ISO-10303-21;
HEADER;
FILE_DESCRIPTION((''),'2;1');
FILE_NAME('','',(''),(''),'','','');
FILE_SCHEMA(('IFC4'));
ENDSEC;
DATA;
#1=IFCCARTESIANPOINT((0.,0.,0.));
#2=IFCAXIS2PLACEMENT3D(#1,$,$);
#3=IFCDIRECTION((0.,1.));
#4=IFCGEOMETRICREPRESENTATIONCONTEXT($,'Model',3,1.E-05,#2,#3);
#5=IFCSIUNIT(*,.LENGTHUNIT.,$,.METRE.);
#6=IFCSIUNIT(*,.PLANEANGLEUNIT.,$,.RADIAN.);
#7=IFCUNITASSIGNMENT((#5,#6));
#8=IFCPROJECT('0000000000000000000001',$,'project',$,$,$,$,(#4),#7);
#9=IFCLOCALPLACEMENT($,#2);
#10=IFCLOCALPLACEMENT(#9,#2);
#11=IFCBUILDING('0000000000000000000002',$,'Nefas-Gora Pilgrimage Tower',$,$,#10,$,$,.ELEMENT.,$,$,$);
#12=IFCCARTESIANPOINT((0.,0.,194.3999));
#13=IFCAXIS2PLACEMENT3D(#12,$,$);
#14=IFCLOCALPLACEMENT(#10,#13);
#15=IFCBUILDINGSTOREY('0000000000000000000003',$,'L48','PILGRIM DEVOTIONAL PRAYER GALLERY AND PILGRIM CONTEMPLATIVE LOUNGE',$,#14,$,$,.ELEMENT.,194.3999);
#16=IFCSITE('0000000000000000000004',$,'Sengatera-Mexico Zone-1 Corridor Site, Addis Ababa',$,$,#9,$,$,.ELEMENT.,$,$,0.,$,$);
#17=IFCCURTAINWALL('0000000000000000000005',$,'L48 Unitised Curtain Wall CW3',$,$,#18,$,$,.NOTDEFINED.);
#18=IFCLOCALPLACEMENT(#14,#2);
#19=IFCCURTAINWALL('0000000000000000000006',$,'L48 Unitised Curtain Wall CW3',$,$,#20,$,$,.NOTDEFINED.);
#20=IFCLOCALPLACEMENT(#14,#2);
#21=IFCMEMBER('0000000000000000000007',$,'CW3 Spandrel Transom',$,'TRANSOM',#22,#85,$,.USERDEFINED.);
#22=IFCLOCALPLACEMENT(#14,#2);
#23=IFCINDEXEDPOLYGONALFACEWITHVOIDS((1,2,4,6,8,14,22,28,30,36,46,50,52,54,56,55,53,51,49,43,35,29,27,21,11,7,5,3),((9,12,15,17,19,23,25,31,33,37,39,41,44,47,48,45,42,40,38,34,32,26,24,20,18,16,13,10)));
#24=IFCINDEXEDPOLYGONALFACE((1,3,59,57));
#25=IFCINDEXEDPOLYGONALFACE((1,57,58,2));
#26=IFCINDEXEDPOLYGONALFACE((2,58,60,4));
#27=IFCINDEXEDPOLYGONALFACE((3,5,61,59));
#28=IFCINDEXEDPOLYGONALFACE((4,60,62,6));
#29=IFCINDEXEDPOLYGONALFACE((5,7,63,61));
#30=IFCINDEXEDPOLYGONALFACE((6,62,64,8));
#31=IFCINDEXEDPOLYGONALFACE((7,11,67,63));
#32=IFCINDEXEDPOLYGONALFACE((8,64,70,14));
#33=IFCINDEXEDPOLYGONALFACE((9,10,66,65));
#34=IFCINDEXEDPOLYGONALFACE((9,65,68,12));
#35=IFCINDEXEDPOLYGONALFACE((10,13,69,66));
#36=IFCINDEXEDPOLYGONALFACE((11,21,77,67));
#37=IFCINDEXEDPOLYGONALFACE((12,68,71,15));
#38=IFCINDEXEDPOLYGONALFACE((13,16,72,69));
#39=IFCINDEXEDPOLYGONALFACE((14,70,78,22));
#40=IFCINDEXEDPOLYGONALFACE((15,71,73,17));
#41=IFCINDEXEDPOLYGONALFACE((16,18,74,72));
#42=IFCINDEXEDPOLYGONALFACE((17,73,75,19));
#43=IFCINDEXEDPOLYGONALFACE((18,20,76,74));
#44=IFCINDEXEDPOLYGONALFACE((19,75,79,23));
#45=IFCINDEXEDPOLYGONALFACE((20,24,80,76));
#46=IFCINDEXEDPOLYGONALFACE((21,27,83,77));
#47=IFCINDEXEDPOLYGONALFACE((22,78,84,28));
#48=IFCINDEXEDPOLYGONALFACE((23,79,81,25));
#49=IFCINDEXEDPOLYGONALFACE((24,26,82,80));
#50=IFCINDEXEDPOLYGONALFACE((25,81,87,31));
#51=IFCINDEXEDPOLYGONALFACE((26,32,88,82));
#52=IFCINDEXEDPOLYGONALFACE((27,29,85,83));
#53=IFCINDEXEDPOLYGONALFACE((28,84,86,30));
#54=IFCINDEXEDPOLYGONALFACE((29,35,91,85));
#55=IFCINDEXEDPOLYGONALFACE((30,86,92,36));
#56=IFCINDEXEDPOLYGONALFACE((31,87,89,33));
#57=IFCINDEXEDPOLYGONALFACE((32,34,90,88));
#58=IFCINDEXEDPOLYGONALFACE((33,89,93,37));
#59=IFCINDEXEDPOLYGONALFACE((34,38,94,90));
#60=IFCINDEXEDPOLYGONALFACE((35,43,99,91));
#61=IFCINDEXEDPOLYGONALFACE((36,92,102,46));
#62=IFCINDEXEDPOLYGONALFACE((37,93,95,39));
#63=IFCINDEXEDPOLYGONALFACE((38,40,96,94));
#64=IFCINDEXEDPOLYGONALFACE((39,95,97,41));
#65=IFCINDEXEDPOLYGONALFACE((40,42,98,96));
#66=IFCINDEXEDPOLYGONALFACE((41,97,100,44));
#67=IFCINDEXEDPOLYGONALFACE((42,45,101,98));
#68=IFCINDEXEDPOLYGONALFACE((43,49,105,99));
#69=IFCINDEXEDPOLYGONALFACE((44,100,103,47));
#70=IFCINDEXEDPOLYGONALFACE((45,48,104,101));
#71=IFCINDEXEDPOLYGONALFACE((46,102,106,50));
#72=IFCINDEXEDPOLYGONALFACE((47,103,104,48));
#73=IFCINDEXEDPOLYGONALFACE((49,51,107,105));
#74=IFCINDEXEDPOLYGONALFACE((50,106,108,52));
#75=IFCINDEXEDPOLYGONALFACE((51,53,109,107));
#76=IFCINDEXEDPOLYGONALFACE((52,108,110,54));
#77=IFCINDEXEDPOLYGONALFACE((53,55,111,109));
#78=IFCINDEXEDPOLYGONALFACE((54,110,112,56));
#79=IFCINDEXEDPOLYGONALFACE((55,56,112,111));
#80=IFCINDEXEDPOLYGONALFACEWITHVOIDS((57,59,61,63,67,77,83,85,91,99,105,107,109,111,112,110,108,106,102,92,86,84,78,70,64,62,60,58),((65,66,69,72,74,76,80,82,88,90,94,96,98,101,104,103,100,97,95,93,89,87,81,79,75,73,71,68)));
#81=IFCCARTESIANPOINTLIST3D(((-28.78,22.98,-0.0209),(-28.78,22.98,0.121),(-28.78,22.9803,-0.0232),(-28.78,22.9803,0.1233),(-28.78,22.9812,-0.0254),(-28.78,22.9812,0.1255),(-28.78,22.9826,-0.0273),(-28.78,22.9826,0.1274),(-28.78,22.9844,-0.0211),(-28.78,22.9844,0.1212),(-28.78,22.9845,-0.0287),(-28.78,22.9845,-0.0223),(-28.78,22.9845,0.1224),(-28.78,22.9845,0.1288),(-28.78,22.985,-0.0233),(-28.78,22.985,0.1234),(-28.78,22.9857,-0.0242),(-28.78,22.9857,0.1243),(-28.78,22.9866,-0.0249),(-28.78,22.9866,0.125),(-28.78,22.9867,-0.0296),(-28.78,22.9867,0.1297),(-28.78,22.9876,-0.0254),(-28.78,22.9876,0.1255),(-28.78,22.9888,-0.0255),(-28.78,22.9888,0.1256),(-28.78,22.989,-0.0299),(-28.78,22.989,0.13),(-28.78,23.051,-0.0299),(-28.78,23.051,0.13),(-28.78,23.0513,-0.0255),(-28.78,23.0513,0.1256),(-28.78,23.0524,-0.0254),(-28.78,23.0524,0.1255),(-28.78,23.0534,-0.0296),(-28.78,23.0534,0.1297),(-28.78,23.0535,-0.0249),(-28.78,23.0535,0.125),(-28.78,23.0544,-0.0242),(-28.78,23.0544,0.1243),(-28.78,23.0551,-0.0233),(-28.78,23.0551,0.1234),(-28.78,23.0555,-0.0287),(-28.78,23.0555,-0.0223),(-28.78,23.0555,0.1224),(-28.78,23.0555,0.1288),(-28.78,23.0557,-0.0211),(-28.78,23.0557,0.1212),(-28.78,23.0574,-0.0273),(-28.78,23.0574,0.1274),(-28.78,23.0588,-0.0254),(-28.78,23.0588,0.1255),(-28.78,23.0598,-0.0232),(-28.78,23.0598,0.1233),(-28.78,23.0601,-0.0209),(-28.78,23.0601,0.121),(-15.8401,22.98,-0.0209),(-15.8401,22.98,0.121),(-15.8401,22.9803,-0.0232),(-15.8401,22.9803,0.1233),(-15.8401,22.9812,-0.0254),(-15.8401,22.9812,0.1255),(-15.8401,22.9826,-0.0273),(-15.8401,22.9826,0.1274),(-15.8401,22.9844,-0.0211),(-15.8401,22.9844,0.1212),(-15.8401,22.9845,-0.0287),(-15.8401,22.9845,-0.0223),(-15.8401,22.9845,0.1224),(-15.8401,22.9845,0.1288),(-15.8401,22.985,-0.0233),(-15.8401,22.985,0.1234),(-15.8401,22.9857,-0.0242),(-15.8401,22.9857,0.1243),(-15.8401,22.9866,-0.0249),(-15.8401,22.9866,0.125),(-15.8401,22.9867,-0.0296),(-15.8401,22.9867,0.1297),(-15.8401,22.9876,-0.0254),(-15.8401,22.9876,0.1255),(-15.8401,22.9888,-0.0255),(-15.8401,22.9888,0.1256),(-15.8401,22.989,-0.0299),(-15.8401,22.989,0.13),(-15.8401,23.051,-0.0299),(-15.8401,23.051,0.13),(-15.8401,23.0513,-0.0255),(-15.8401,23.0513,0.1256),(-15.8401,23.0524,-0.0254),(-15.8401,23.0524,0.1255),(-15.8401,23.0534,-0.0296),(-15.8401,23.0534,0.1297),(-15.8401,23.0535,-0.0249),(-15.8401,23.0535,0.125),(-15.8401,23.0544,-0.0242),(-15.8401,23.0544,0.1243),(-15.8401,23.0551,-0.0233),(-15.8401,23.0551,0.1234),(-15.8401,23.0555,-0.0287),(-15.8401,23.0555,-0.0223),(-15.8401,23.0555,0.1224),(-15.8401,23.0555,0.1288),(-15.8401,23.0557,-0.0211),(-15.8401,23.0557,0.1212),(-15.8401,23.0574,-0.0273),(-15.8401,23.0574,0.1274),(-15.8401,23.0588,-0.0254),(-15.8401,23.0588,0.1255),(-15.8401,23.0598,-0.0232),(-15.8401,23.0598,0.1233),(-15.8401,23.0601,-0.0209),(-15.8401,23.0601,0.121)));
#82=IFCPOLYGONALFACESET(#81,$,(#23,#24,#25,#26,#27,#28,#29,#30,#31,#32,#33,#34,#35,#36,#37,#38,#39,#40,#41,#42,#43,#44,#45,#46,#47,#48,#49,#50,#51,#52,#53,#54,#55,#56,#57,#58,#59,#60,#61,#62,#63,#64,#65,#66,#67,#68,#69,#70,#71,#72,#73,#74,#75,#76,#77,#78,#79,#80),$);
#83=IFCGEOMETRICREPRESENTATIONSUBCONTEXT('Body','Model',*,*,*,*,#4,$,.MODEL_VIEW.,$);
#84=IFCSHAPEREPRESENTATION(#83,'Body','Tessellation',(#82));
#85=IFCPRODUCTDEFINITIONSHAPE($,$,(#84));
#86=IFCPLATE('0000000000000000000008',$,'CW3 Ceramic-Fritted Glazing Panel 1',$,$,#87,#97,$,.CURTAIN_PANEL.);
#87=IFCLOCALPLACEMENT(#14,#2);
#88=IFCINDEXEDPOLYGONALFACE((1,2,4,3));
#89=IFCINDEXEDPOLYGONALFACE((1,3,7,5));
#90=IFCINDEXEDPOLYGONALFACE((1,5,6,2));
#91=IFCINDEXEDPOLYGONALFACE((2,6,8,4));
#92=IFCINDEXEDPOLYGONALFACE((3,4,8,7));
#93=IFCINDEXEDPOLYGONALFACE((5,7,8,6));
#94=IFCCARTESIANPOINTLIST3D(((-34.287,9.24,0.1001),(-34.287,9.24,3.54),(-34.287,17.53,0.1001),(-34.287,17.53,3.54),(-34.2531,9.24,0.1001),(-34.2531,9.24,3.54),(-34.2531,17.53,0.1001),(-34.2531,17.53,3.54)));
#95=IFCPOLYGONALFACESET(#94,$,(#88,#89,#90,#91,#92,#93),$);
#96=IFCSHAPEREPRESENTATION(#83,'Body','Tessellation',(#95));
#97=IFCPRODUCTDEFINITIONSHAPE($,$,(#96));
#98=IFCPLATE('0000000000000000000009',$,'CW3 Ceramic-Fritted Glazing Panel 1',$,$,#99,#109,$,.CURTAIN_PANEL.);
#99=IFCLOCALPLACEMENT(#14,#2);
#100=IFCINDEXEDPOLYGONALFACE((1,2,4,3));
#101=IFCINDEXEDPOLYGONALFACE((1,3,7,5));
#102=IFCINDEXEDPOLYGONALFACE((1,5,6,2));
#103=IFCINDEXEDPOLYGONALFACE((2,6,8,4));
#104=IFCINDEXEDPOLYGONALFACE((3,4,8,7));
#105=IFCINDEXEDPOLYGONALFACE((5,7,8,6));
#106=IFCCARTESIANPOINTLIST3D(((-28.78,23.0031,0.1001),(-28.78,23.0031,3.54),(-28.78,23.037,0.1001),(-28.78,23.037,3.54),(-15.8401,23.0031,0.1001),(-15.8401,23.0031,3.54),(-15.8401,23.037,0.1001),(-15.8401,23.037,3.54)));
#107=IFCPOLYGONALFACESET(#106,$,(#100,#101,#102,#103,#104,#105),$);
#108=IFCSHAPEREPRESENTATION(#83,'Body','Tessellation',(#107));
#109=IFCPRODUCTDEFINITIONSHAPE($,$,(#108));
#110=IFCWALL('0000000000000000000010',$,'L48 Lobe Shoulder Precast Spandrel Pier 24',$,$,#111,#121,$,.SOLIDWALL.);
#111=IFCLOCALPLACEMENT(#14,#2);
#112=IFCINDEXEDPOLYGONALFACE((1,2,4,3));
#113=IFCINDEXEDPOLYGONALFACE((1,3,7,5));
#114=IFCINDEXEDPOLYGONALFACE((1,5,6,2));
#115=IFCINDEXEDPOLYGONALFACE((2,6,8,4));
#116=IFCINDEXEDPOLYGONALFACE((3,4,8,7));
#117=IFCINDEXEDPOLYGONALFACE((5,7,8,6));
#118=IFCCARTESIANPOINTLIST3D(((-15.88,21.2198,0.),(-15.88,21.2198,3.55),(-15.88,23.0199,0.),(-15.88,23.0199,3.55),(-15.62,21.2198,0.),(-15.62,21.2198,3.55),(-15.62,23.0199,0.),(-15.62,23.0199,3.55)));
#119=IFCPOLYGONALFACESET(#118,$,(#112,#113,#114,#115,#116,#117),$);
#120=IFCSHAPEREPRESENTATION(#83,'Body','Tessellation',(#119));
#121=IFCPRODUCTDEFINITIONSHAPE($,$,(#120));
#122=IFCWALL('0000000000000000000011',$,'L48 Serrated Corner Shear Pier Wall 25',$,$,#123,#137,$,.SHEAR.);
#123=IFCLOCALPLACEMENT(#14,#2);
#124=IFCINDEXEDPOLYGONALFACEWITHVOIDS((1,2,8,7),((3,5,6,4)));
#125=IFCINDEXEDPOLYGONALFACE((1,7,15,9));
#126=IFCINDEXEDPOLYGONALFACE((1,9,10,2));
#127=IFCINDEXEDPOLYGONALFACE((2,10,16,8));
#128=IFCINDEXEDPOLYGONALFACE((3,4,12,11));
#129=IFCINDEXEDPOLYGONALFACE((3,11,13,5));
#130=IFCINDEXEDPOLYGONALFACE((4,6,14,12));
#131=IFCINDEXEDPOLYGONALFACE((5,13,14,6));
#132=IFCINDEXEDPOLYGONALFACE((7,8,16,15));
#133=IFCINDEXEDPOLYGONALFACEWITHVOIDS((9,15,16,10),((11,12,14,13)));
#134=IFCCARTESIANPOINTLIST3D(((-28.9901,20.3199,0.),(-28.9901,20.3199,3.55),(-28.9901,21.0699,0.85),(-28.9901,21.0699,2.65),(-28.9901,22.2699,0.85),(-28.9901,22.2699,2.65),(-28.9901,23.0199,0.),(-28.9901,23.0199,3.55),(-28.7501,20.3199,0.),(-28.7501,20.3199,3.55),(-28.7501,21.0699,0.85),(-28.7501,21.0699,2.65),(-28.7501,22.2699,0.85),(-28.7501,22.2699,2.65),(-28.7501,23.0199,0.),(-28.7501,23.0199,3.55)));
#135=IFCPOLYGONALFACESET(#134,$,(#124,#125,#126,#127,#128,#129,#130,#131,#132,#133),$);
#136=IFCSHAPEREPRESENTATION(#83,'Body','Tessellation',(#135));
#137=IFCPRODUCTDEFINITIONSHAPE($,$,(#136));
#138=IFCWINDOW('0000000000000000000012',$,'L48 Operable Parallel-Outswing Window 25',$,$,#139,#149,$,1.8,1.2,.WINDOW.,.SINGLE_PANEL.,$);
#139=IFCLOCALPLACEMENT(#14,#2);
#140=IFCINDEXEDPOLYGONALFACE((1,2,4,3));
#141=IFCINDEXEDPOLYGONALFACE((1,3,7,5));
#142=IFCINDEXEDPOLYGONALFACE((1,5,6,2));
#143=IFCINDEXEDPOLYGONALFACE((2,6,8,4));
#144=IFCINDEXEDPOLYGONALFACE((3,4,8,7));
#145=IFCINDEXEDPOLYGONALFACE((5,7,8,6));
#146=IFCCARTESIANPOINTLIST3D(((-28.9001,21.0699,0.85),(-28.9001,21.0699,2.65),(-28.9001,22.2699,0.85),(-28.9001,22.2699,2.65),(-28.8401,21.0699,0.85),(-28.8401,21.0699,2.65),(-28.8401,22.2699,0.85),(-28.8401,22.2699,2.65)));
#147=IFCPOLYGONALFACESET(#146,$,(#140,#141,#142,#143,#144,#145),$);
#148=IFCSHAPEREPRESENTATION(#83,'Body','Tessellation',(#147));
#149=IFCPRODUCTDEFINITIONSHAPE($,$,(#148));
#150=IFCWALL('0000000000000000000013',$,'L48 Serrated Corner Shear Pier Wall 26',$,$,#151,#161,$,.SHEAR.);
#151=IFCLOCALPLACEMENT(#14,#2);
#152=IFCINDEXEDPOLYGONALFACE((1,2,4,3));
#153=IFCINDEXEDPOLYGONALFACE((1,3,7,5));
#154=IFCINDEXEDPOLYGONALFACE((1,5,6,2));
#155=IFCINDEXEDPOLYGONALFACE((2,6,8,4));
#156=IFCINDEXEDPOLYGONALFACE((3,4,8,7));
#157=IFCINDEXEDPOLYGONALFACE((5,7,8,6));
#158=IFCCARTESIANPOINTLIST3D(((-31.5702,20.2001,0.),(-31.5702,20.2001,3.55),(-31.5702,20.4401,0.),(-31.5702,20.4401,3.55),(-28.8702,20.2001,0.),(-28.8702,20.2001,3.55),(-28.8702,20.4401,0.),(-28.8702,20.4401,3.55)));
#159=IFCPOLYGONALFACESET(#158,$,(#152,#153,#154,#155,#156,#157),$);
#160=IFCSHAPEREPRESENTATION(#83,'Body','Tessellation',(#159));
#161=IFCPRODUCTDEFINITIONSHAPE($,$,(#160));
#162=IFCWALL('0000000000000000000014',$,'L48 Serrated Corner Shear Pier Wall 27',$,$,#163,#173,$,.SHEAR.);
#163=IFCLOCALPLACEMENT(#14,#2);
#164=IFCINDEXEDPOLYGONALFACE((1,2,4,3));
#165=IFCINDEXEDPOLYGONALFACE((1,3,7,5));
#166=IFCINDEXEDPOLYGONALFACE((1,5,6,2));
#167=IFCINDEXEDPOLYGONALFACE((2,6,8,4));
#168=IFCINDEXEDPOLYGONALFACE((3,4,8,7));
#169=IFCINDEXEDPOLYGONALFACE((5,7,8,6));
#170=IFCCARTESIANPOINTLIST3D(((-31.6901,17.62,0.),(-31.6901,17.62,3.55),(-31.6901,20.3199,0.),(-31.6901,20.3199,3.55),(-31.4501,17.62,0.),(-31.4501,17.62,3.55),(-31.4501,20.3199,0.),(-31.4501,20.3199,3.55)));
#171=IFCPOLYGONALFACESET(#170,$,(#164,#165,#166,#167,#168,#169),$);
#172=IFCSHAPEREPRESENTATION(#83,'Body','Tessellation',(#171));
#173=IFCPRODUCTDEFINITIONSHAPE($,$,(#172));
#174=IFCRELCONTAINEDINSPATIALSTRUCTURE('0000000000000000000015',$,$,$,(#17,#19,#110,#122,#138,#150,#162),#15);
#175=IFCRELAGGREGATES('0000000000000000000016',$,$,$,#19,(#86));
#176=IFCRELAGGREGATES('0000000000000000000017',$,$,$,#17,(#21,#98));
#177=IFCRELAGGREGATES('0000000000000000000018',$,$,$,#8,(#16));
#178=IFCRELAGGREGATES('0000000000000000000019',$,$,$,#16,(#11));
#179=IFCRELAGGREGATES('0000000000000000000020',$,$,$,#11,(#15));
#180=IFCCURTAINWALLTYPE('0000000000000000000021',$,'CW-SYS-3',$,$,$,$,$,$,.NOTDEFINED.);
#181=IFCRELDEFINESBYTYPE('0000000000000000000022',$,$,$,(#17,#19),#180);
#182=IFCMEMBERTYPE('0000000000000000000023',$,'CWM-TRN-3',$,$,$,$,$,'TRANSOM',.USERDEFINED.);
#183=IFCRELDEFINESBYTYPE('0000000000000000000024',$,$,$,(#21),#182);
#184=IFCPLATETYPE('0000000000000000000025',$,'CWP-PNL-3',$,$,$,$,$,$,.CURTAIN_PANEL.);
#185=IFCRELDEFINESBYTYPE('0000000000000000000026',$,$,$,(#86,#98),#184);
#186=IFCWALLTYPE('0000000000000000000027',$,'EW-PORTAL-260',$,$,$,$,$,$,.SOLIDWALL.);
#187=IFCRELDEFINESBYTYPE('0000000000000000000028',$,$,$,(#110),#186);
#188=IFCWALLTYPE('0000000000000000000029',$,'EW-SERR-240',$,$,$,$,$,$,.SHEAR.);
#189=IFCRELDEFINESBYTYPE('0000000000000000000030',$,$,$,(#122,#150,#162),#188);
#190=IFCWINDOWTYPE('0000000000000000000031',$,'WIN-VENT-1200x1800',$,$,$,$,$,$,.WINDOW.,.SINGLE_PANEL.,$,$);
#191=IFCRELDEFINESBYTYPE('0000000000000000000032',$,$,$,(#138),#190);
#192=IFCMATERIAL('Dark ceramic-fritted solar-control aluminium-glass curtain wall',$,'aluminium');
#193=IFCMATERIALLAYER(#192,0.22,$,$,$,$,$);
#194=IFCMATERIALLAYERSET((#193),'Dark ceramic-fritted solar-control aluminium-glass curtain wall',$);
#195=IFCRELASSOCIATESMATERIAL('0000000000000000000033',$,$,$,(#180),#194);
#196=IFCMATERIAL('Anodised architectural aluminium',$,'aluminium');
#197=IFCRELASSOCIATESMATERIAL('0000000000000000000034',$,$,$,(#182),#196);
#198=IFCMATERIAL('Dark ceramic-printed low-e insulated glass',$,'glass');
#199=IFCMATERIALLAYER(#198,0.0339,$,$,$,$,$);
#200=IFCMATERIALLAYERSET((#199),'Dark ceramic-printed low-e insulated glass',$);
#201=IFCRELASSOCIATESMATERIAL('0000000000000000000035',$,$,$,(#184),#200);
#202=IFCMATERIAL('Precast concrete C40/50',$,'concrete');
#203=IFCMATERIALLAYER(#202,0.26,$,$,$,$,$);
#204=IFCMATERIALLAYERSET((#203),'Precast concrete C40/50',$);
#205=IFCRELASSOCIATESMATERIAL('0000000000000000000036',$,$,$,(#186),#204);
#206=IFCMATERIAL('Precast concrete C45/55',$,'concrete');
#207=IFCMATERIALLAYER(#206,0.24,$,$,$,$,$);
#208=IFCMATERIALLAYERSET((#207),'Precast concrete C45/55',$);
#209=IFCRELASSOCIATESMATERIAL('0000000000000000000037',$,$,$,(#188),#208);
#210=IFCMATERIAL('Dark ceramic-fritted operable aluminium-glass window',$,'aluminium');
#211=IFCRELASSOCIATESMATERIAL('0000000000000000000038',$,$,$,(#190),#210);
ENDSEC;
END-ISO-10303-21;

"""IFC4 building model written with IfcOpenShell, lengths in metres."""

from ifc_helpers import new_model, si_unit, direction, frame, frame_2d, origin, origin_2d, place, context, subcontext, project, spatial, rectangle, hollow_rectangle, extrude, source, transform, mapped, material, layer, layer_set, material_profile, profile_set, type_object, element, fill, aggregate, save


model = new_model("IFC4")

# Units and contexts
model_context = context("Model", 3, precision=1e-05, world=origin(), true_north=direction((0.0, 1.0)))
body_context = subcontext(model_context, "Body", "Model", "MODEL_VIEW")
ifc_project = project(units=[si_unit("LENGTHUNIT", "METRE"), si_unit("PLANEANGLEUNIT", "RADIAN")], contexts=[model_context])

# Site, building, storey
site_placement = place(None, origin())
site = spatial("IfcSite", under=ifc_project, at=site_placement, Name="Sengatera-Mexico Zone-1 Corridor Site, Addis Ababa", CompositionType="ELEMENT", RefElevation=0.0)
building_placement = place(site_placement, origin())
building = spatial("IfcBuilding", under=site, at=building_placement, Name="Nefas-Gora Pilgrimage Tower", CompositionType="ELEMENT")
storey_placement = place(building_placement, frame((0.0, 0.0, 194.3999)))
storey = spatial("IfcBuildingStorey", under=building, at=storey_placement, Name="L48", Description="PILGRIM DEVOTIONAL PRAYER GALLERY AND PILGRIM CONTEMPLATIVE LOUNGE", CompositionType="ELEMENT", Elevation=194.3999)

# Shared definitions
ifc_material_1 = material(Name="Dark ceramic-fritted solar-control aluminium-glass curtain wall", Category="aluminium")
ifc_material_2 = material(Name="Anodised architectural aluminium", Category="aluminium")

# Curtain walls
ifc_layer_1 = layer(ifc_material_1, 0.22)
ifc_layer_set_1 = layer_set([ifc_layer_1], Name="Dark ceramic-fritted solar-control aluminium-glass curtain wall")
curtain_wall_type_1 = type_object("IfcCurtainWallType", Name="CW-SYS-3", PredefinedType="NOTDEFINED", material=ifc_layer_set_1)
curtain_wall_1_placement = place(storey_placement, origin())
curtain_wall_1 = element("IfcCurtainWall", 1, at=curtain_wall_1_placement, inside=storey, type_object=curtain_wall_type_1, Name="L48 Unitised Curtain Wall CW3", PredefinedType="NOTDEFINED")
curtain_wall_2_placement = place(storey_placement, origin())
curtain_wall_2 = element("IfcCurtainWall", 2, at=curtain_wall_2_placement, inside=storey, type_object=curtain_wall_type_1, Name="L48 Unitised Curtain Wall CW3", PredefinedType="NOTDEFINED")
ifc_material_profile_1 = material_profile(ifc_material_2, hollow_rectangle(XDim=0.0801, YDim=0.1599, WallThickness=0.0044, InnerFilletRadius=0.0044, OuterFilletRadius=0.009, at=origin_2d()), Name="ALU TRANSOM 80x160")
ifc_profile_set_1 = profile_set([ifc_material_profile_1], Name="Anodised architectural aluminium")
member_type_1 = type_object("IfcMemberType", Name="CWM-TRN-3", ElementType="TRANSOM", PredefinedType="USERDEFINED", material=ifc_profile_set_1)

# Member
shared_shape_1 = source(origin(), body_context, "Body", "SweptSolid", [
    extrude(hollow_rectangle(XDim=0.0801, YDim=0.1599, WallThickness=0.0044, InnerFilletRadius=0.0044, OuterFilletRadius=0.009, at=origin_2d()), origin(), (0.0, 0.0, 1.0), 12.9399),
])
member_1_placement = place(storey_placement, frame((-15.8401, 23.02, 0.05), z_axis=(-1.0, 0.0, 0.0), x_axis=(0.0, -1.0, 0.0)))
member_1 = element("IfcMember", 3, at=member_1_placement, type_object=member_type_1, Name="CW3 Spandrel Transom", ObjectType="TRANSOM", PredefinedType="USERDEFINED", context=body_context, shape_type="MappedRepresentation", body=[
    mapped(shared_shape_1, transform((0.0, 0.0, 0.0), x_axis=(1.0, 0.0, 0.0), y_axis=(0.0, 1.0, 0.0), z_axis=(0.0, 0.0, 1.0), scale=1.0)),
])

# Plates
ifc_material_3 = material(Name="Dark ceramic-printed low-e insulated glass", Category="glass")
ifc_layer_2 = layer(ifc_material_3, 0.0339)
ifc_layer_set_2 = layer_set([ifc_layer_2], Name="Dark ceramic-printed low-e insulated glass")
plate_type = type_object("IfcPlateType", Name="CWP-PNL-3", PredefinedType="CURTAIN_PANEL", material=ifc_layer_set_2)
shared_shape_2 = source(origin(), body_context, "Body", "SweptSolid", [
    extrude(rectangle(XDim=8.29, YDim=0.0339, at=origin_2d()), origin(), (0.0, 0.0, 1.0), 3.4399),
])
plate_1_placement = place(storey_placement, frame((-34.27, 13.385, 0.1001), z_axis=(0.0, 0.0, 1.0), x_axis=(0.0, -1.0, 0.0)))
plate_1 = element("IfcPlate", 4, at=plate_1_placement, type_object=plate_type, Name="CW3 Ceramic-Fritted Glazing Panel 1", PredefinedType="CURTAIN_PANEL", context=body_context, shape_type="MappedRepresentation", body=[
    mapped(shared_shape_2, transform((0.0, 0.0, 0.0), x_axis=(1.0, 0.0, 0.0), y_axis=(0.0, 1.0, 0.0), z_axis=(0.0, 0.0, 1.0), scale=1.0)),
])
aggregate(curtain_wall_2, [plate_1])
shared_shape_3 = source(origin(), body_context, "Body", "SweptSolid", [
    extrude(rectangle(XDim=12.9399, YDim=0.0339, at=origin_2d()), origin(), (0.0, 0.0, 1.0), 3.4399),
])
plate_2_placement = place(storey_placement, frame((-22.3101, 23.02, 0.1001), z_axis=(0.0, 0.0, 1.0), x_axis=(-1.0, 0.0, 0.0)))
plate_2 = element("IfcPlate", 5, at=plate_2_placement, type_object=plate_type, Name="CW3 Ceramic-Fritted Glazing Panel 1", PredefinedType="CURTAIN_PANEL", context=body_context, shape_type="MappedRepresentation", body=[
    mapped(shared_shape_3, transform((0.0, 0.0, 0.0), x_axis=(1.0, 0.0, 0.0), y_axis=(0.0, 1.0, 0.0), z_axis=(0.0, 0.0, 1.0), scale=1.0)),
])
aggregate(curtain_wall_1, [member_1, plate_2])

# Wall
ifc_material_4 = material(Name="Precast concrete C40/50", Category="concrete")
ifc_layer_3 = layer(ifc_material_4, 0.26)
ifc_layer_set_3 = layer_set([ifc_layer_3], Name="Precast concrete C40/50")
wall_type_1 = type_object("IfcWallType", Name="EW-PORTAL-260", PredefinedType="SOLIDWALL", material=ifc_layer_set_3)
shared_shape_4 = source(origin(), body_context, "Body", "SweptSolid", [
    extrude(rectangle(XDim=1.8, YDim=0.26, at=frame_2d((0.8999, 0.0))), origin(), (0.0, 0.0, 1.0), 3.55),
])
wall_1_placement = place(storey_placement, frame((-15.75, 21.22, 0.0), z_axis=(0.0, 0.0, 1.0), x_axis=(0.0, 1.0, 0.0)))
element("IfcWall", 6, at=wall_1_placement, inside=storey, type_object=wall_type_1, Name="L48 Lobe Shoulder Precast Spandrel Pier 24", PredefinedType="SOLIDWALL", context=body_context, shape_type="MappedRepresentation", body=[
    mapped(shared_shape_4, transform((0.0, 0.0, 0.0), x_axis=(1.0, 0.0, 0.0), y_axis=(0.0, 1.0, 0.0), z_axis=(0.0, 0.0, 1.0), scale=1.0)),
])

# Wall, opening, window
ifc_material_5 = material(Name="Precast concrete C45/55", Category="concrete")
ifc_layer_4 = layer(ifc_material_5, 0.24)
ifc_layer_set_4 = layer_set([ifc_layer_4], Name="Precast concrete C45/55")
wall_type_2 = type_object("IfcWallType", Name="EW-SERR-240", PredefinedType="SHEAR", material=ifc_layer_set_4)
shared_shape_5 = source(origin(), body_context, "Body", "SweptSolid", [
    extrude(rectangle(XDim=2.7, YDim=0.24, at=frame_2d((1.3501, 0.0))), origin(), (0.0, 0.0, 1.0), 3.55),
])
wall_2_placement = place(storey_placement, frame((-28.8701, 23.02, 0.0), z_axis=(0.0, 0.0, 1.0), x_axis=(0.0, -1.0, 0.0)))
wall_2 = element("IfcWall", 7, at=wall_2_placement, inside=storey, type_object=wall_type_2, Name="L48 Serrated Corner Shear Pier Wall 25", PredefinedType="SHEAR", context=body_context, shape_type="MappedRepresentation", body=[
    mapped(shared_shape_5, transform((0.0, 0.0, 0.0), x_axis=(1.0, 0.0, 0.0), y_axis=(0.0, 1.0, 0.0), z_axis=(0.0, 0.0, 1.0), scale=1.0)),
])
opening_placement = place(wall_2_placement, frame((0.75, 0.0, 0.8501)))
opening = element("IfcOpeningElement", 8, at=opening_placement, cuts=wall_2, PredefinedType="OPENING", context=body_context, shape_type="SweptSolid", body=[
    extrude(rectangle(XDim=1.2, YDim=1.8, at=frame_2d((0.6001, 0.8999))), frame((0.0, 0.1299, 0.0), z_axis=(0.0, -1.0, 0.0), x_axis=(1.0, 0.0, 0.0)), (0.0, 0.0, 1.0), 0.26),
])
ifc_material_6 = material(Name="Dark ceramic-fritted operable aluminium-glass window", Category="aluminium")
window_type = type_object("IfcWindowType", Name="WIN-VENT-1200x1800", PartitioningType="SINGLE_PANEL", PredefinedType="WINDOW", material=ifc_material_6)
shared_shape_6 = source(origin(), body_context, "Body", "SweptSolid", [
    extrude(rectangle(XDim=1.2, YDim=1.8, at=frame_2d((0.6001, 0.8999))), frame((0.0, 0.03, 0.0), z_axis=(0.0, -1.0, 0.0), x_axis=(1.0, 0.0, 0.0)), (0.0, 0.0, 1.0), 0.0601),
])
window_placement = place(opening_placement, origin())
window = element("IfcWindow", 9, at=window_placement, inside=storey, type_object=window_type, Name="L48 Operable Parallel-Outswing Window 25", OverallHeight=1.8, OverallWidth=1.2, PartitioningType="SINGLE_PANEL", PredefinedType="WINDOW", context=body_context, shape_type="MappedRepresentation", body=[
    mapped(shared_shape_6, transform((0.0, 0.0, 0.0), x_axis=(1.0, 0.0, 0.0), y_axis=(0.0, 1.0, 0.0), z_axis=(0.0, 0.0, 1.0), scale=1.0)),
])
fill(opening, window)

# Walls
for number, where, z_axis, x_axis, name in (
    (10, (-28.8701, 20.3201, 0.0), (0.0, 0.0, 1.0), (-1.0, 0.0, 0.0), "L48 Serrated Corner Shear Pier Wall 26"),
    (11, (-31.5701, 20.3201, 0.0), (0.0, 0.0, 1.0), (0.0, -1.0, 0.0), "L48 Serrated Corner Shear Pier Wall 27"),
):
    element("IfcWall", number, at=place(storey_placement, frame(where, z_axis=z_axis, x_axis=x_axis)), inside=storey, type_object=wall_type_2, Name=name, PredefinedType="SHEAR", context=body_context, shape_type="MappedRepresentation", body=[
        mapped(shared_shape_5, transform((0.0, 0.0, 0.0), x_axis=(1.0, 0.0, 0.0), y_axis=(0.0, 1.0, 0.0), z_axis=(0.0, 0.0, 1.0), scale=1.0)),
    ])

save(model, "model.ifc")
